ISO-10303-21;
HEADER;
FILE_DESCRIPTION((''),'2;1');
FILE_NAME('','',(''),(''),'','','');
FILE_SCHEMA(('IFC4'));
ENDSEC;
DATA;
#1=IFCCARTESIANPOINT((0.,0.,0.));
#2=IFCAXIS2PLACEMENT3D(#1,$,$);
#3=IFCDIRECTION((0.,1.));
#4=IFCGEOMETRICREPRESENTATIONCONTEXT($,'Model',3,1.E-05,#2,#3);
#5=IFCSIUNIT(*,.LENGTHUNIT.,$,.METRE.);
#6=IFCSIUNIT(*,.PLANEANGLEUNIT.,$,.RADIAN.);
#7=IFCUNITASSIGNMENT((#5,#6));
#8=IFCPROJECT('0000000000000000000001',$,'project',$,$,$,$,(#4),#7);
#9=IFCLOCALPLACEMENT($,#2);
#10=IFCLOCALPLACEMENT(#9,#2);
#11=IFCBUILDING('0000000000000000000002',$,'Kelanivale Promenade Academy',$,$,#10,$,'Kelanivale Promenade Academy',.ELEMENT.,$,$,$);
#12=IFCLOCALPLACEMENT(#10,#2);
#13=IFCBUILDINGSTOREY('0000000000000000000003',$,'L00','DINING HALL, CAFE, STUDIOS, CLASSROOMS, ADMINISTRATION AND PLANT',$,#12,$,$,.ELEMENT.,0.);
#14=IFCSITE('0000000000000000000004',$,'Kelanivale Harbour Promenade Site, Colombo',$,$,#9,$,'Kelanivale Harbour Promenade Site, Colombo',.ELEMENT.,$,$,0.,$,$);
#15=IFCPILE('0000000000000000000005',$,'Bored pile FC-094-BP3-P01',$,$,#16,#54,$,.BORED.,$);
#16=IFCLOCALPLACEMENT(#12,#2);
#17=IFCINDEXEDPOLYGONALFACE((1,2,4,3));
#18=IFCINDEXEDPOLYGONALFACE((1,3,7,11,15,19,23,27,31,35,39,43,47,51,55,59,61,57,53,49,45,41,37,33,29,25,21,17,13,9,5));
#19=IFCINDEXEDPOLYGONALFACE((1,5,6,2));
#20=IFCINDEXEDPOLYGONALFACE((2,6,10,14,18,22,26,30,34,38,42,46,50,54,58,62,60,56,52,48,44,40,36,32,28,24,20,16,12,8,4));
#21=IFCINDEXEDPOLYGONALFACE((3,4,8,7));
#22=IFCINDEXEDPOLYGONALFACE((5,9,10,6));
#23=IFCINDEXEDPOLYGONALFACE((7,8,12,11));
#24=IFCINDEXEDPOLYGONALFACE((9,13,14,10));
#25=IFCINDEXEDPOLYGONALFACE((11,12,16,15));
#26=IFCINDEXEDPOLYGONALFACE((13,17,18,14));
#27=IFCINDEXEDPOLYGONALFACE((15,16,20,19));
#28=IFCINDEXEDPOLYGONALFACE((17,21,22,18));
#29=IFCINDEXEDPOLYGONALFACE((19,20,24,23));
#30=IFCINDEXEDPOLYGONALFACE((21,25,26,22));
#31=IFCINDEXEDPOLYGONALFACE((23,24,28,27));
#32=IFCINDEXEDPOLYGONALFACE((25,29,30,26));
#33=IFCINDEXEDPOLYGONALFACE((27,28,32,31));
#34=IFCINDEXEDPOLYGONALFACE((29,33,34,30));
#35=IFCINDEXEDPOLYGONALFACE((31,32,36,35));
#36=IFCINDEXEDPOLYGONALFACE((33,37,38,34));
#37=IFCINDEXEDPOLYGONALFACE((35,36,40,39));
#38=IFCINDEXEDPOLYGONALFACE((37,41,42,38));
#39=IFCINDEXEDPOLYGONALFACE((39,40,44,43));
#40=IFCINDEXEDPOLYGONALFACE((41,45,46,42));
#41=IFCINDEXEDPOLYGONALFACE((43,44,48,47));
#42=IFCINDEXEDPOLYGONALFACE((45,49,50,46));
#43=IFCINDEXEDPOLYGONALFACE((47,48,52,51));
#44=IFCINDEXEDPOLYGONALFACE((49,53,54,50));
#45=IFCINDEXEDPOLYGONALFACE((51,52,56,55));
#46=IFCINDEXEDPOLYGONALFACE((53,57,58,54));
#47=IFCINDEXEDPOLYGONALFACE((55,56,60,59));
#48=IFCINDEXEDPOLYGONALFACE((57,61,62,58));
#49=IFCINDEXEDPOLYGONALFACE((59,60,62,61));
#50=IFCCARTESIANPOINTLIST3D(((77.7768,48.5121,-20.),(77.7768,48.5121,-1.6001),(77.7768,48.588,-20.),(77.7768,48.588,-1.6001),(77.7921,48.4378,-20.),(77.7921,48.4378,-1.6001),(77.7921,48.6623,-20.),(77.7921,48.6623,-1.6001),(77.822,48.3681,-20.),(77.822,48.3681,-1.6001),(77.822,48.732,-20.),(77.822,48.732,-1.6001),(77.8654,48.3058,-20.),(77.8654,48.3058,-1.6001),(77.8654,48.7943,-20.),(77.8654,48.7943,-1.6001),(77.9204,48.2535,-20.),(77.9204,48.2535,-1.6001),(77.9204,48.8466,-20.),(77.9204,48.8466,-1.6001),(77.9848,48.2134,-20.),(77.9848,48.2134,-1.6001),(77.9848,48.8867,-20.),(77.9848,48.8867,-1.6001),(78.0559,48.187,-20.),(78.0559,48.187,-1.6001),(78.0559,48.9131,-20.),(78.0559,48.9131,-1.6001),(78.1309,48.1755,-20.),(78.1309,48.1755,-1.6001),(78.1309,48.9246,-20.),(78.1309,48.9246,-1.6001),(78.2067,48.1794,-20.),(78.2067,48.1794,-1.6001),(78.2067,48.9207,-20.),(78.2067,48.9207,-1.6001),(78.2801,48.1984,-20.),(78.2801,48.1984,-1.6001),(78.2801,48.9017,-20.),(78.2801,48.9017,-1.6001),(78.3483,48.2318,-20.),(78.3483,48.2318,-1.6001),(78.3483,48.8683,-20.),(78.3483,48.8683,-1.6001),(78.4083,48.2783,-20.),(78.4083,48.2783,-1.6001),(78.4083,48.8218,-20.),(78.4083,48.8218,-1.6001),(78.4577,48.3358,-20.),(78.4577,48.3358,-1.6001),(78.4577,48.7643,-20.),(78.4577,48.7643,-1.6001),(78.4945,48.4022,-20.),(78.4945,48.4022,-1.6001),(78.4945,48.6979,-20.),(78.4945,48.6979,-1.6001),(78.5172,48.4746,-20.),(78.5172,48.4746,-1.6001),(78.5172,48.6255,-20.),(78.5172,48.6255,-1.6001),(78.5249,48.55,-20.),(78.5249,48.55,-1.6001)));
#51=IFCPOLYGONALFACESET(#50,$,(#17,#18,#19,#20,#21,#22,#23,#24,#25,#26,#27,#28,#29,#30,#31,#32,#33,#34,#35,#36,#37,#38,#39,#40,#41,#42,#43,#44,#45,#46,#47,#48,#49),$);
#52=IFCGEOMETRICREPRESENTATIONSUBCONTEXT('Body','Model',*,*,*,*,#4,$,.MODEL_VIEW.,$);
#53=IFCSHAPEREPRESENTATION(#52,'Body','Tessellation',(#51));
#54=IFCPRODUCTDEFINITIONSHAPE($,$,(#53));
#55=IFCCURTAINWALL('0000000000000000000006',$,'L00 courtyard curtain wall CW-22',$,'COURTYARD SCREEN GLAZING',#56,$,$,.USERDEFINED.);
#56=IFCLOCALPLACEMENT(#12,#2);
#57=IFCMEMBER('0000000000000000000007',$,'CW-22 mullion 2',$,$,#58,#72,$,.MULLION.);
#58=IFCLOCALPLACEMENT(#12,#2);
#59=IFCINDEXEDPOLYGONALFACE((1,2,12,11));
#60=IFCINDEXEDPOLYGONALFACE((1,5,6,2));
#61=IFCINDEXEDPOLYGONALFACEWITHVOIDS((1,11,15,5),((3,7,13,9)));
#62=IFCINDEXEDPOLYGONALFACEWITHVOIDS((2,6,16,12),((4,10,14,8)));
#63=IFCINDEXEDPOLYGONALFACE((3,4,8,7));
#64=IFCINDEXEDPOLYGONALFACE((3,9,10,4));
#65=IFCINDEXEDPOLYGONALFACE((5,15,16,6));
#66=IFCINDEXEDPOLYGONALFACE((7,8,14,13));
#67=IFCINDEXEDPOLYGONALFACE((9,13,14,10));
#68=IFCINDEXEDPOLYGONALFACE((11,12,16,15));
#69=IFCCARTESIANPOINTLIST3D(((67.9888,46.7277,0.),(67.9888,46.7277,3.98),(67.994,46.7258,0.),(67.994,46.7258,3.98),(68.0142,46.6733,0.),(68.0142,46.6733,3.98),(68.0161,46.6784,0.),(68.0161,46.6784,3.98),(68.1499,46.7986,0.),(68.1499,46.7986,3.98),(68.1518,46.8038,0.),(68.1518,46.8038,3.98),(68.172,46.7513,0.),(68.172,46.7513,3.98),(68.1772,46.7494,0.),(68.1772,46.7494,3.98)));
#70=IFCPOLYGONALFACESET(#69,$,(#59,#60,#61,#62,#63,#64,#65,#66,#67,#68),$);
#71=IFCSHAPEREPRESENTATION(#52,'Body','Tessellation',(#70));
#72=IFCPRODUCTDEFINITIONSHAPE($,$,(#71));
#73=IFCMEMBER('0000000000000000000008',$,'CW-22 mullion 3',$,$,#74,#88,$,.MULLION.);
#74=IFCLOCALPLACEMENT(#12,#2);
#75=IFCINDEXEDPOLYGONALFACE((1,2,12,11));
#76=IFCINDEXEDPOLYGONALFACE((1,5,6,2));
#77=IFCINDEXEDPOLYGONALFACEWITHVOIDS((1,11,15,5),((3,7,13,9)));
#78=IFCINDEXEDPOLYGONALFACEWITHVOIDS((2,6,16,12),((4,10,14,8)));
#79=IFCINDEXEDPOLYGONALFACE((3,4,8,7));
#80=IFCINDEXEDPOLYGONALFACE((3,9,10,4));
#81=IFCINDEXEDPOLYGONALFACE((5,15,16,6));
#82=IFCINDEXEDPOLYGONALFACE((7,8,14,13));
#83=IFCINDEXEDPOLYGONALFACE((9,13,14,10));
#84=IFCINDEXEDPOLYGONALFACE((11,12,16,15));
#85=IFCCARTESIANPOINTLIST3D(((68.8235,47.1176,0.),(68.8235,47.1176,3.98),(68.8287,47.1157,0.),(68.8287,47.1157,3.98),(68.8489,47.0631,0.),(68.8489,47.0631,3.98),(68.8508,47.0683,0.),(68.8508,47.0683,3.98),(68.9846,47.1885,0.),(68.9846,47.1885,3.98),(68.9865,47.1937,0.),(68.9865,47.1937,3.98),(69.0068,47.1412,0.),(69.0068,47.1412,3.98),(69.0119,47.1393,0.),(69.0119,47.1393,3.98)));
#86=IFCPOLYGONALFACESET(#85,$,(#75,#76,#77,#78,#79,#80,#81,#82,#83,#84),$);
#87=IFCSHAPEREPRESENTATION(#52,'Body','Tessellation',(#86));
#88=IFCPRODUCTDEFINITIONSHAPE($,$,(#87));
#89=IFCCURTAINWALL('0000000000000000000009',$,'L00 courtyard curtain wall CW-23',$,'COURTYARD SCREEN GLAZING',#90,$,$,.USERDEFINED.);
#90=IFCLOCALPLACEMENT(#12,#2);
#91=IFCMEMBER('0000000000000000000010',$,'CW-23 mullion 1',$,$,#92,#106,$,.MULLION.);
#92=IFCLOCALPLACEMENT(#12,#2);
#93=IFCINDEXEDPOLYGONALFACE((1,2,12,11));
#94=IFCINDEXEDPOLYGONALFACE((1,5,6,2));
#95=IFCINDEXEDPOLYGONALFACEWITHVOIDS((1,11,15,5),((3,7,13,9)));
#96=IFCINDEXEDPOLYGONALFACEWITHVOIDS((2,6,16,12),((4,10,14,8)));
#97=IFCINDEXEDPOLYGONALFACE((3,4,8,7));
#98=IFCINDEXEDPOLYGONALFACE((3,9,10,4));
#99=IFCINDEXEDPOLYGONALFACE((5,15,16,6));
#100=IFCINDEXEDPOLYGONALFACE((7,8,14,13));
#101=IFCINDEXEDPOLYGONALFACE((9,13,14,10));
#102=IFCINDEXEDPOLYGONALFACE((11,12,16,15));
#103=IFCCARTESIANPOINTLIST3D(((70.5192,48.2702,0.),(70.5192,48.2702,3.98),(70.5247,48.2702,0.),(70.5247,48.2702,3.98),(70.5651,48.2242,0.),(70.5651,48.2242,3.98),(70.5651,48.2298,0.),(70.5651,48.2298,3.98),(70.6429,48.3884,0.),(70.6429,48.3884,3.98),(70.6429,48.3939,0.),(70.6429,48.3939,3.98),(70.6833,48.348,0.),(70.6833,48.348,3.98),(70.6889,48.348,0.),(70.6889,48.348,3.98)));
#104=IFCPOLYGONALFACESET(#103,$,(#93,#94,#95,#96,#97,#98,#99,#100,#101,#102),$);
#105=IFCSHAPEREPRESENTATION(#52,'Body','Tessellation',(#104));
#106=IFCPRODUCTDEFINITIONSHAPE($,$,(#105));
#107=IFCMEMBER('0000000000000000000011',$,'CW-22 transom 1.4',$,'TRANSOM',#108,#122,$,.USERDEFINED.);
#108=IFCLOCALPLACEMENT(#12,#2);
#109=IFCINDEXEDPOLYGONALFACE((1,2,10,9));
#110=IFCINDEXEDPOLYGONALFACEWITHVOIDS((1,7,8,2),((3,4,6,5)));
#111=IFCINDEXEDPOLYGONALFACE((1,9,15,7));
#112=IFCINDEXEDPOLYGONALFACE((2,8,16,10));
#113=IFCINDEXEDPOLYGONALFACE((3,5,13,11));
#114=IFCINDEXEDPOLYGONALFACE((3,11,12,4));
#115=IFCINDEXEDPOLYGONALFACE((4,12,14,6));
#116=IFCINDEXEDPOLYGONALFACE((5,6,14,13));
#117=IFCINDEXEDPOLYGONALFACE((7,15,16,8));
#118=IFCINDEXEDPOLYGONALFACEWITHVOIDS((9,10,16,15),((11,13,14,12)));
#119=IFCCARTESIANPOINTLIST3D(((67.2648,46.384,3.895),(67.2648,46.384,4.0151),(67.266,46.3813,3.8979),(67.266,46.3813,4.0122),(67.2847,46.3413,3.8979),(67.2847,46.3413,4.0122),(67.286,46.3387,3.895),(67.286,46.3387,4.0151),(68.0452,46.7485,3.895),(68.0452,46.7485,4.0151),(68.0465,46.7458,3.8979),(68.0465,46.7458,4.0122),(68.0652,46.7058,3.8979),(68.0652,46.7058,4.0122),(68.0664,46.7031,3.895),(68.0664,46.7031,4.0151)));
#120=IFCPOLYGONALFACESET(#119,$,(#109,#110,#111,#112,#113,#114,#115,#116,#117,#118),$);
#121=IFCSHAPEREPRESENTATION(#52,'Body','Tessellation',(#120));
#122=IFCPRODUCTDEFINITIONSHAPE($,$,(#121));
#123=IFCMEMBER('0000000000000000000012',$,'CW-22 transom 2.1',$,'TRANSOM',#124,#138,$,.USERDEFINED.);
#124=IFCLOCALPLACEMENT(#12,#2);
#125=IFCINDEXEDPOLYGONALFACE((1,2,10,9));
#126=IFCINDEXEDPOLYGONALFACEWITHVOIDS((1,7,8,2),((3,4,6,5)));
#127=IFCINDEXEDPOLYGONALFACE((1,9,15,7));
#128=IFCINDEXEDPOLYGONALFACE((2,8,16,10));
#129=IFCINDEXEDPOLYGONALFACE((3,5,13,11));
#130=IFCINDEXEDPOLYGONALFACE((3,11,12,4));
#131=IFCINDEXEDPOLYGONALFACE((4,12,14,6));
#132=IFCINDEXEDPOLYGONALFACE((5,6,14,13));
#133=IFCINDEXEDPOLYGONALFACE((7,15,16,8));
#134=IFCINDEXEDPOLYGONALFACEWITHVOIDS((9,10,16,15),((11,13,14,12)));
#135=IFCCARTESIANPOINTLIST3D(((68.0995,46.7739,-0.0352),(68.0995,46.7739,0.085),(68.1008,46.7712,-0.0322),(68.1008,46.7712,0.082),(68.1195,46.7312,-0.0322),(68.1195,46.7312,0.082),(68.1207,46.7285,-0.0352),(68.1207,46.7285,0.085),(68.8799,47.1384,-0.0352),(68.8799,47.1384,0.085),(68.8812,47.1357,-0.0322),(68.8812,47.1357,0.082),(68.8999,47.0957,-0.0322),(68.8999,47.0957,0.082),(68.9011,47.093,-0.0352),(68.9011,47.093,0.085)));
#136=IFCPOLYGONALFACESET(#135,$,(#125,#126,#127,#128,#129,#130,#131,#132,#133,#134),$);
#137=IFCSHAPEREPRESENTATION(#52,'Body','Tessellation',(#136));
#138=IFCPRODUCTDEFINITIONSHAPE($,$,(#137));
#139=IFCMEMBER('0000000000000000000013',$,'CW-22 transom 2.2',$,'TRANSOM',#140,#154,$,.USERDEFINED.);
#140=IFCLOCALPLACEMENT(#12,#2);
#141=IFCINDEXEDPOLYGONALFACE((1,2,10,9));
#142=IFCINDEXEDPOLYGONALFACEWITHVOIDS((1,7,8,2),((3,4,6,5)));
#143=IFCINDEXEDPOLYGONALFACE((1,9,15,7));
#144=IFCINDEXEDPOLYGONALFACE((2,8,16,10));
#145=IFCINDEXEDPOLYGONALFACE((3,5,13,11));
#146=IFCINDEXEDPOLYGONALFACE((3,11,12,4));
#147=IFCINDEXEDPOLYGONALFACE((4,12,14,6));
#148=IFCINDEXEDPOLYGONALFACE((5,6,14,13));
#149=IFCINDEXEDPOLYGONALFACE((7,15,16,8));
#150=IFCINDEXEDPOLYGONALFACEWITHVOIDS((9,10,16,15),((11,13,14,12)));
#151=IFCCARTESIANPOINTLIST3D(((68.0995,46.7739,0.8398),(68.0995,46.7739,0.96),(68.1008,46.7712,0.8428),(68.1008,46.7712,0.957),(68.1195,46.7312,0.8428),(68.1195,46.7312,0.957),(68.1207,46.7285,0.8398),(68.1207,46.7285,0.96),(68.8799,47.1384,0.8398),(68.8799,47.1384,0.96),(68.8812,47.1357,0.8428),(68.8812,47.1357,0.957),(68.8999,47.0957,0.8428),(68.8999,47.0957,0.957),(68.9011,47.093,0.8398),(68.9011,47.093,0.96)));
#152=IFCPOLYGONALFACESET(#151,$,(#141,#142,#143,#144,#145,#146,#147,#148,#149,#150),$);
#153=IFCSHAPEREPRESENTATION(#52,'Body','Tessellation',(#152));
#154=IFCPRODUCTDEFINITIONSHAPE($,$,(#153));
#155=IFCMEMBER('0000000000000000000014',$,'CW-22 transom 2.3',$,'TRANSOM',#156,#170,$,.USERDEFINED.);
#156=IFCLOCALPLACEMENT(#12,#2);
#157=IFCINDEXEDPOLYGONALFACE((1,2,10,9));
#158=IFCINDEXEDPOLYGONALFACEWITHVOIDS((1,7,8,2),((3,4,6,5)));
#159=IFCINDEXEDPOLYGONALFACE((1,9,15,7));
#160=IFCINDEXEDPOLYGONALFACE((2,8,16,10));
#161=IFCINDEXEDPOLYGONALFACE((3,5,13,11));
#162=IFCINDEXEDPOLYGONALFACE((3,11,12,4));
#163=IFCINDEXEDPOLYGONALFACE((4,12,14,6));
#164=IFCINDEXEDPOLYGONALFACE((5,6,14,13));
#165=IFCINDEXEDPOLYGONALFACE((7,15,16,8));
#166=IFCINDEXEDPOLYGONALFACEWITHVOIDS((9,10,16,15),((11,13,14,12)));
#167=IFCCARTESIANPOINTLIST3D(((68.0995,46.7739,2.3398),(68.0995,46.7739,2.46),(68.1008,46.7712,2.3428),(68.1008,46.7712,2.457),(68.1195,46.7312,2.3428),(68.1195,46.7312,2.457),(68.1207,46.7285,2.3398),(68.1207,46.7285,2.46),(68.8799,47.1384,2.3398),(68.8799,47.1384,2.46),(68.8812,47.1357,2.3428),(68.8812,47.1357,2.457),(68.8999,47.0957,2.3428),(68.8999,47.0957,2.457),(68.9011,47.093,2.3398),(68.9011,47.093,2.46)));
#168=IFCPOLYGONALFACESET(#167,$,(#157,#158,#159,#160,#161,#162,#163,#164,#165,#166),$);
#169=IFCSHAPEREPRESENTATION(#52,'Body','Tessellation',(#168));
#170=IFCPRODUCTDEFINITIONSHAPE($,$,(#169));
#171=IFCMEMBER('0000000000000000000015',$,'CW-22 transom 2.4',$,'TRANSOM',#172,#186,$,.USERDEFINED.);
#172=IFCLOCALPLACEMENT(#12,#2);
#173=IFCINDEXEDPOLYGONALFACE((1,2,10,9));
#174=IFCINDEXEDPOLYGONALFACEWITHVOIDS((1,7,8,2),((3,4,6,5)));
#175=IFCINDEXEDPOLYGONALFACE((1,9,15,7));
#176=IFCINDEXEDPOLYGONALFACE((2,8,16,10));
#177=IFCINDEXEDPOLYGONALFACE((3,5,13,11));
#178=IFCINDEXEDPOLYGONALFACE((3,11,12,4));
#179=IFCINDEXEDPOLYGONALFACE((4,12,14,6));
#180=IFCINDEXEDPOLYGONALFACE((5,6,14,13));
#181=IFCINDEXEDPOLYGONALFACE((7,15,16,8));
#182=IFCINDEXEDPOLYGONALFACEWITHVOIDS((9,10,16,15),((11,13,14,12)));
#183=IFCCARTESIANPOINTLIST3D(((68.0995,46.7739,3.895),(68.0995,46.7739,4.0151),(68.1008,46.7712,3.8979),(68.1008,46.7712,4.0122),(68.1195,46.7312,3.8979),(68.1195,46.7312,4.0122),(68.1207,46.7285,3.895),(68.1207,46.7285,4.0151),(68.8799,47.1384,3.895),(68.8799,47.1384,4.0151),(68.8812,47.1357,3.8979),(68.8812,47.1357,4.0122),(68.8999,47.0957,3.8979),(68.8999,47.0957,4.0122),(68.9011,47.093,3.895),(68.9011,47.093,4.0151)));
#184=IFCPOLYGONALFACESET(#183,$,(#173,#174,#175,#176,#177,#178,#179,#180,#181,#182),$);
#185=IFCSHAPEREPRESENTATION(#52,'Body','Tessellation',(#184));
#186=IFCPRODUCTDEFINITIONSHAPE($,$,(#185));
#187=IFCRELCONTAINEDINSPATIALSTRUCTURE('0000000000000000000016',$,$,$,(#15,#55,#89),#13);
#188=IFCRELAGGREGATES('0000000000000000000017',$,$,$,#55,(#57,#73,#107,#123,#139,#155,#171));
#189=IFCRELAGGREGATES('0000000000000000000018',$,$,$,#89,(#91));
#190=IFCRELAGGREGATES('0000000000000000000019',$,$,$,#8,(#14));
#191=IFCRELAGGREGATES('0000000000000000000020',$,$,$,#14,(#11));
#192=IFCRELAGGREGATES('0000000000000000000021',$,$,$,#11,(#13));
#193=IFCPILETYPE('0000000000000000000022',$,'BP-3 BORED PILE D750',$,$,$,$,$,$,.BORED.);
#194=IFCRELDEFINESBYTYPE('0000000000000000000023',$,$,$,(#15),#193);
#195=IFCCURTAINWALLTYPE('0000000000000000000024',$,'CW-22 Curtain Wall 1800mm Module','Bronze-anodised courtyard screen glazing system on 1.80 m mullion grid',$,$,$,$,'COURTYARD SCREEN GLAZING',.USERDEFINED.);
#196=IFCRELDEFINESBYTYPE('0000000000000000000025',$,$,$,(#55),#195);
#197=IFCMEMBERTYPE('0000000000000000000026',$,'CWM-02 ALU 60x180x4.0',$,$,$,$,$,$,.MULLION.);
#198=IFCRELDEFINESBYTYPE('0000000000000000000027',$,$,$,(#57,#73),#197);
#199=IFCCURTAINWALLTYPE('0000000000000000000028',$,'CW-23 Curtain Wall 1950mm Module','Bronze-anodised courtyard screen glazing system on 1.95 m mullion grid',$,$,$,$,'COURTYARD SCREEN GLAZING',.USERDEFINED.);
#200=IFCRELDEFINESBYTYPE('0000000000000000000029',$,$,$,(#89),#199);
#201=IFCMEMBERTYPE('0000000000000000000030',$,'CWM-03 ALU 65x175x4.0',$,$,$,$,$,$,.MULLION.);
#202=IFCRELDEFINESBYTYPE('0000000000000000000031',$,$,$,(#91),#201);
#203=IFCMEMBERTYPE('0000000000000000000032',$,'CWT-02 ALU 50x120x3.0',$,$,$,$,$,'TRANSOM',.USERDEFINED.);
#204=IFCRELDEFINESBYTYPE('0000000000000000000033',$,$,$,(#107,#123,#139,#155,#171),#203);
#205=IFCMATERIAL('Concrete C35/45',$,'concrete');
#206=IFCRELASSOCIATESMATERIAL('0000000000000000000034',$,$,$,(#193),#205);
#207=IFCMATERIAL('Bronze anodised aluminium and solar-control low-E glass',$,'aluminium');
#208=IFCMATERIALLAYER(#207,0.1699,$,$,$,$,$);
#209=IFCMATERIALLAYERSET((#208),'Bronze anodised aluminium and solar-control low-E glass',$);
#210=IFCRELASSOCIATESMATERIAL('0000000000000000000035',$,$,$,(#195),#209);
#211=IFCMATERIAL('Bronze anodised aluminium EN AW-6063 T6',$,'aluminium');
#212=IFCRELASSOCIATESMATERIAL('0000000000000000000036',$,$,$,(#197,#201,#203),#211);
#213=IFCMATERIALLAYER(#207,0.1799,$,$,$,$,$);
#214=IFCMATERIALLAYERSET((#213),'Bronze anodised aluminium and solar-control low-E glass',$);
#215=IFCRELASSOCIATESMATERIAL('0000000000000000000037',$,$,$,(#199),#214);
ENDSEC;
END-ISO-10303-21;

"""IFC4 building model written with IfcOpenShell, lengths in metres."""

from ifc_helpers import new_model, si_unit, direction, frame, origin, origin_2d, place, context, subcontext, project, spatial, hollow_rectangle, circle, extrude, material, layer, layer_set, material_profile, profile_set, type_object, element, aggregate, save


model = new_model("IFC4")

# Units and contexts
model_context = context("Model", 3, precision=1e-05, world=origin(), true_north=direction((0.0, 1.0)))
body_context = subcontext(model_context, "Body", "Model", "MODEL_VIEW")
ifc_project = project(units=[si_unit("LENGTHUNIT", "METRE"), si_unit("PLANEANGLEUNIT", "RADIAN")], contexts=[model_context])

# Site, building, storey
site_placement = place(None, origin())
site = spatial("IfcSite", under=ifc_project, at=site_placement, Name="Kelanivale Harbour Promenade Site, Colombo", LongName="Kelanivale Harbour Promenade Site, Colombo", CompositionType="ELEMENT", RefElevation=0.0)
building_placement = place(site_placement, origin())
building = spatial("IfcBuilding", under=site, at=building_placement, Name="Kelanivale Promenade Academy", LongName="Kelanivale Promenade Academy", CompositionType="ELEMENT")
storey_placement = place(building_placement, origin())
storey = spatial("IfcBuildingStorey", under=building, at=storey_placement, Name="L00", Description="DINING HALL, CAFE, STUDIOS, CLASSROOMS, ADMINISTRATION AND PLANT", CompositionType="ELEMENT", Elevation=0.0)

# Pile
ifc_material_1 = material(Name="Concrete C35/45", Category="concrete")
ifc_material_profile_1 = material_profile(ifc_material_1, circle(Radius=0.375, at=origin_2d()), Name="BORED PILE D750")
ifc_profile_set_1 = profile_set([ifc_material_profile_1], Name="Concrete C35/45")
pile_type = type_object("IfcPileType", Name="BP-3 BORED PILE D750", PredefinedType="BORED", material=ifc_profile_set_1)
pile_placement = place(storey_placement, frame((78.1499, 48.55, -1.6001), z_axis=(0.0, 0.0, -1.0), x_axis=(1.0, 0.0, 0.0)))
element("IfcPile", 1, at=pile_placement, inside=storey, type_object=pile_type, Name="Bored pile FC-094-BP3-P01", PredefinedType="BORED", context=body_context, shape_type="SweptSolid", body=[
    extrude(circle(Radius=0.375, at=origin_2d()), origin(), (0.0, 0.0, 1.0), 18.3999),
])

# Curtain wall, members
ifc_material_2 = material(Name="Bronze anodised aluminium and solar-control low-E glass", Category="aluminium")
ifc_layer_1 = layer(ifc_material_2, 0.1699)
ifc_layer_set_1 = layer_set([ifc_layer_1], Name="Bronze anodised aluminium and solar-control low-E glass")
curtain_wall_type_1 = type_object("IfcCurtainWallType", Name="CW-22 Curtain Wall 1800mm Module", Description="Bronze-anodised courtyard screen glazing system on 1.80 m mullion grid", ElementType="COURTYARD SCREEN GLAZING", PredefinedType="USERDEFINED", material=ifc_layer_set_1)
curtain_wall_1_placement = place(storey_placement, origin())
curtain_wall_1 = element("IfcCurtainWall", 2, at=curtain_wall_1_placement, inside=storey, type_object=curtain_wall_type_1, Name="L00 courtyard curtain wall CW-22", ObjectType="COURTYARD SCREEN GLAZING", PredefinedType="USERDEFINED")
ifc_material_3 = material(Name="Bronze anodised aluminium EN AW-6063 T6", Category="aluminium")
ifc_material_profile_2 = material_profile(ifc_material_3, hollow_rectangle(XDim=0.0601, YDim=0.1799, WallThickness=0.0039, at=origin_2d()), Name="ALU 60x180x4.0")
ifc_profile_set_2 = profile_set([ifc_material_profile_2], Name="Bronze anodised aluminium EN AW-6063 T6")
member_type_1 = type_object("IfcMemberType", Name="CWM-02 ALU 60x180x4.0", PredefinedType="MULLION", material=ifc_profile_set_2)
member_1_placement = place(storey_placement, frame((68.083, 46.7385, 0.0), z_axis=(0.0, 0.0, 1.0), x_axis=(-0.423087, 0.906089, 0.0)))
member_1 = element("IfcMember", 3, at=member_1_placement, type_object=member_type_1, Name="CW-22 mullion 2", PredefinedType="MULLION", context=body_context, shape_type="SweptSolid", body=[
    extrude(hollow_rectangle(XDim=0.0601, YDim=0.1799, WallThickness=0.0039, at=origin_2d()), origin(), (0.0, 0.0, 1.0), 3.98),
])
member_2_placement = place(storey_placement, frame((68.9177, 47.1284, 0.0), z_axis=(0.0, 0.0, 1.0), x_axis=(-0.423087, 0.906089, 0.0)))
member_2 = element("IfcMember", 4, at=member_2_placement, type_object=member_type_1, Name="CW-22 mullion 3", PredefinedType="MULLION", context=body_context, shape_type="SweptSolid", body=[
    extrude(hollow_rectangle(XDim=0.0601, YDim=0.1799, WallThickness=0.0039, at=origin_2d()), origin(), (0.0, 0.0, 1.0), 3.98),
])

# Curtain wall, member
ifc_layer_2 = layer(ifc_material_2, 0.1799)
ifc_layer_set_2 = layer_set([ifc_layer_2], Name="Bronze anodised aluminium and solar-control low-E glass")
curtain_wall_type_2 = type_object("IfcCurtainWallType", Name="CW-23 Curtain Wall 1950mm Module", Description="Bronze-anodised courtyard screen glazing system on 1.95 m mullion grid", ElementType="COURTYARD SCREEN GLAZING", PredefinedType="USERDEFINED", material=ifc_layer_set_2)
curtain_wall_2_placement = place(storey_placement, origin())
curtain_wall_2 = element("IfcCurtainWall", 5, at=curtain_wall_2_placement, inside=storey, type_object=curtain_wall_type_2, Name="L00 courtyard curtain wall CW-23", ObjectType="COURTYARD SCREEN GLAZING", PredefinedType="USERDEFINED")
ifc_material_profile_3 = material_profile(ifc_material_3, hollow_rectangle(XDim=0.0649, YDim=0.175, WallThickness=0.0039, at=origin_2d()), Name="ALU 65x175x4.0")
ifc_profile_set_3 = profile_set([ifc_material_profile_3], Name="Bronze anodised aluminium EN AW-6063 T6")
member_type_2 = type_object("IfcMemberType", Name="CWM-03 ALU 65x175x4.0", PredefinedType="MULLION", material=ifc_profile_set_3)
member_3_placement = place(storey_placement, frame((70.604, 48.3091, 0.0), z_axis=(0.0, 0.0, 1.0), x_axis=(-0.707107, 0.707107, 0.0)))
member_3 = element("IfcMember", 6, at=member_3_placement, type_object=member_type_2, Name="CW-23 mullion 1", PredefinedType="MULLION", context=body_context, shape_type="SweptSolid", body=[
    extrude(hollow_rectangle(XDim=0.0649, YDim=0.175, WallThickness=0.0039, at=origin_2d()), origin(), (0.0, 0.0, 1.0), 3.98),
])

# Members
ifc_material_profile_4 = material_profile(ifc_material_3, hollow_rectangle(XDim=0.05, YDim=0.1201, WallThickness=0.0029, at=origin_2d()), Name="ALU 50x120x3.0")
ifc_profile_set_4 = profile_set([ifc_material_profile_4], Name="Bronze anodised aluminium EN AW-6063 T6")
member_type_3 = type_object("IfcMemberType", Name="CWT-02 ALU 50x120x3.0", ElementType="TRANSOM", PredefinedType="USERDEFINED", material=ifc_profile_set_4)
member_4_placement = place(storey_placement, frame((67.2754, 46.3613, 3.9551), z_axis=(0.906067, 0.423134, 0.0), x_axis=(-0.423134, 0.906067, 0.0)))
member_4 = element("IfcMember", 7, at=member_4_placement, type_object=member_type_3, Name="CW-22 transom 1.4", ObjectType="TRANSOM", PredefinedType="USERDEFINED", context=body_context, shape_type="SweptSolid", body=[
    extrude(hollow_rectangle(XDim=0.05, YDim=0.1201, WallThickness=0.0029, at=origin_2d()), origin(), (0.0, 0.0, 1.0), 0.8613),
])
member_5_placement = place(storey_placement, frame((68.1101, 46.7512, 0.0249), z_axis=(0.906067, 0.423134, 0.0), x_axis=(-0.423134, 0.906067, 0.0)))
member_5 = element("IfcMember", 8, at=member_5_placement, type_object=member_type_3, Name="CW-22 transom 2.1", ObjectType="TRANSOM", PredefinedType="USERDEFINED", context=body_context, shape_type="SweptSolid", body=[
    extrude(hollow_rectangle(XDim=0.05, YDim=0.1201, WallThickness=0.0029, at=origin_2d()), origin(), (0.0, 0.0, 1.0), 0.8613),
])
member_6_placement = place(storey_placement, frame((68.1101, 46.7512, 0.8999), z_axis=(0.906067, 0.423134, 0.0), x_axis=(-0.423134, 0.906067, 0.0)))
member_6 = element("IfcMember", 9, at=member_6_placement, type_object=member_type_3, Name="CW-22 transom 2.2", ObjectType="TRANSOM", PredefinedType="USERDEFINED", context=body_context, shape_type="SweptSolid", body=[
    extrude(hollow_rectangle(XDim=0.05, YDim=0.1201, WallThickness=0.0029, at=origin_2d()), origin(), (0.0, 0.0, 1.0), 0.8613),
])
member_7_placement = place(storey_placement, frame((68.1101, 46.7512, 2.3999), z_axis=(0.906067, 0.423134, 0.0), x_axis=(-0.423134, 0.906067, 0.0)))
member_7 = element("IfcMember", 10, at=member_7_placement, type_object=member_type_3, Name="CW-22 transom 2.3", ObjectType="TRANSOM", PredefinedType="USERDEFINED", context=body_context, shape_type="SweptSolid", body=[
    extrude(hollow_rectangle(XDim=0.05, YDim=0.1201, WallThickness=0.0029, at=origin_2d()), origin(), (0.0, 0.0, 1.0), 0.8613),
])
member_8_placement = place(storey_placement, frame((68.1101, 46.7512, 3.9551), z_axis=(0.906067, 0.423134, 0.0), x_axis=(-0.423134, 0.906067, 0.0)))
member_8 = element("IfcMember", 11, at=member_8_placement, type_object=member_type_3, Name="CW-22 transom 2.4", ObjectType="TRANSOM", PredefinedType="USERDEFINED", context=body_context, shape_type="SweptSolid", body=[
    extrude(hollow_rectangle(XDim=0.05, YDim=0.1201, WallThickness=0.0029, at=origin_2d()), origin(), (0.0, 0.0, 1.0), 0.8613),
])

aggregate(curtain_wall_1, [member_1, member_2, member_4, member_5, member_6, member_7, member_8])
aggregate(curtain_wall_2, [member_3])

save(model, "model.ifc")
